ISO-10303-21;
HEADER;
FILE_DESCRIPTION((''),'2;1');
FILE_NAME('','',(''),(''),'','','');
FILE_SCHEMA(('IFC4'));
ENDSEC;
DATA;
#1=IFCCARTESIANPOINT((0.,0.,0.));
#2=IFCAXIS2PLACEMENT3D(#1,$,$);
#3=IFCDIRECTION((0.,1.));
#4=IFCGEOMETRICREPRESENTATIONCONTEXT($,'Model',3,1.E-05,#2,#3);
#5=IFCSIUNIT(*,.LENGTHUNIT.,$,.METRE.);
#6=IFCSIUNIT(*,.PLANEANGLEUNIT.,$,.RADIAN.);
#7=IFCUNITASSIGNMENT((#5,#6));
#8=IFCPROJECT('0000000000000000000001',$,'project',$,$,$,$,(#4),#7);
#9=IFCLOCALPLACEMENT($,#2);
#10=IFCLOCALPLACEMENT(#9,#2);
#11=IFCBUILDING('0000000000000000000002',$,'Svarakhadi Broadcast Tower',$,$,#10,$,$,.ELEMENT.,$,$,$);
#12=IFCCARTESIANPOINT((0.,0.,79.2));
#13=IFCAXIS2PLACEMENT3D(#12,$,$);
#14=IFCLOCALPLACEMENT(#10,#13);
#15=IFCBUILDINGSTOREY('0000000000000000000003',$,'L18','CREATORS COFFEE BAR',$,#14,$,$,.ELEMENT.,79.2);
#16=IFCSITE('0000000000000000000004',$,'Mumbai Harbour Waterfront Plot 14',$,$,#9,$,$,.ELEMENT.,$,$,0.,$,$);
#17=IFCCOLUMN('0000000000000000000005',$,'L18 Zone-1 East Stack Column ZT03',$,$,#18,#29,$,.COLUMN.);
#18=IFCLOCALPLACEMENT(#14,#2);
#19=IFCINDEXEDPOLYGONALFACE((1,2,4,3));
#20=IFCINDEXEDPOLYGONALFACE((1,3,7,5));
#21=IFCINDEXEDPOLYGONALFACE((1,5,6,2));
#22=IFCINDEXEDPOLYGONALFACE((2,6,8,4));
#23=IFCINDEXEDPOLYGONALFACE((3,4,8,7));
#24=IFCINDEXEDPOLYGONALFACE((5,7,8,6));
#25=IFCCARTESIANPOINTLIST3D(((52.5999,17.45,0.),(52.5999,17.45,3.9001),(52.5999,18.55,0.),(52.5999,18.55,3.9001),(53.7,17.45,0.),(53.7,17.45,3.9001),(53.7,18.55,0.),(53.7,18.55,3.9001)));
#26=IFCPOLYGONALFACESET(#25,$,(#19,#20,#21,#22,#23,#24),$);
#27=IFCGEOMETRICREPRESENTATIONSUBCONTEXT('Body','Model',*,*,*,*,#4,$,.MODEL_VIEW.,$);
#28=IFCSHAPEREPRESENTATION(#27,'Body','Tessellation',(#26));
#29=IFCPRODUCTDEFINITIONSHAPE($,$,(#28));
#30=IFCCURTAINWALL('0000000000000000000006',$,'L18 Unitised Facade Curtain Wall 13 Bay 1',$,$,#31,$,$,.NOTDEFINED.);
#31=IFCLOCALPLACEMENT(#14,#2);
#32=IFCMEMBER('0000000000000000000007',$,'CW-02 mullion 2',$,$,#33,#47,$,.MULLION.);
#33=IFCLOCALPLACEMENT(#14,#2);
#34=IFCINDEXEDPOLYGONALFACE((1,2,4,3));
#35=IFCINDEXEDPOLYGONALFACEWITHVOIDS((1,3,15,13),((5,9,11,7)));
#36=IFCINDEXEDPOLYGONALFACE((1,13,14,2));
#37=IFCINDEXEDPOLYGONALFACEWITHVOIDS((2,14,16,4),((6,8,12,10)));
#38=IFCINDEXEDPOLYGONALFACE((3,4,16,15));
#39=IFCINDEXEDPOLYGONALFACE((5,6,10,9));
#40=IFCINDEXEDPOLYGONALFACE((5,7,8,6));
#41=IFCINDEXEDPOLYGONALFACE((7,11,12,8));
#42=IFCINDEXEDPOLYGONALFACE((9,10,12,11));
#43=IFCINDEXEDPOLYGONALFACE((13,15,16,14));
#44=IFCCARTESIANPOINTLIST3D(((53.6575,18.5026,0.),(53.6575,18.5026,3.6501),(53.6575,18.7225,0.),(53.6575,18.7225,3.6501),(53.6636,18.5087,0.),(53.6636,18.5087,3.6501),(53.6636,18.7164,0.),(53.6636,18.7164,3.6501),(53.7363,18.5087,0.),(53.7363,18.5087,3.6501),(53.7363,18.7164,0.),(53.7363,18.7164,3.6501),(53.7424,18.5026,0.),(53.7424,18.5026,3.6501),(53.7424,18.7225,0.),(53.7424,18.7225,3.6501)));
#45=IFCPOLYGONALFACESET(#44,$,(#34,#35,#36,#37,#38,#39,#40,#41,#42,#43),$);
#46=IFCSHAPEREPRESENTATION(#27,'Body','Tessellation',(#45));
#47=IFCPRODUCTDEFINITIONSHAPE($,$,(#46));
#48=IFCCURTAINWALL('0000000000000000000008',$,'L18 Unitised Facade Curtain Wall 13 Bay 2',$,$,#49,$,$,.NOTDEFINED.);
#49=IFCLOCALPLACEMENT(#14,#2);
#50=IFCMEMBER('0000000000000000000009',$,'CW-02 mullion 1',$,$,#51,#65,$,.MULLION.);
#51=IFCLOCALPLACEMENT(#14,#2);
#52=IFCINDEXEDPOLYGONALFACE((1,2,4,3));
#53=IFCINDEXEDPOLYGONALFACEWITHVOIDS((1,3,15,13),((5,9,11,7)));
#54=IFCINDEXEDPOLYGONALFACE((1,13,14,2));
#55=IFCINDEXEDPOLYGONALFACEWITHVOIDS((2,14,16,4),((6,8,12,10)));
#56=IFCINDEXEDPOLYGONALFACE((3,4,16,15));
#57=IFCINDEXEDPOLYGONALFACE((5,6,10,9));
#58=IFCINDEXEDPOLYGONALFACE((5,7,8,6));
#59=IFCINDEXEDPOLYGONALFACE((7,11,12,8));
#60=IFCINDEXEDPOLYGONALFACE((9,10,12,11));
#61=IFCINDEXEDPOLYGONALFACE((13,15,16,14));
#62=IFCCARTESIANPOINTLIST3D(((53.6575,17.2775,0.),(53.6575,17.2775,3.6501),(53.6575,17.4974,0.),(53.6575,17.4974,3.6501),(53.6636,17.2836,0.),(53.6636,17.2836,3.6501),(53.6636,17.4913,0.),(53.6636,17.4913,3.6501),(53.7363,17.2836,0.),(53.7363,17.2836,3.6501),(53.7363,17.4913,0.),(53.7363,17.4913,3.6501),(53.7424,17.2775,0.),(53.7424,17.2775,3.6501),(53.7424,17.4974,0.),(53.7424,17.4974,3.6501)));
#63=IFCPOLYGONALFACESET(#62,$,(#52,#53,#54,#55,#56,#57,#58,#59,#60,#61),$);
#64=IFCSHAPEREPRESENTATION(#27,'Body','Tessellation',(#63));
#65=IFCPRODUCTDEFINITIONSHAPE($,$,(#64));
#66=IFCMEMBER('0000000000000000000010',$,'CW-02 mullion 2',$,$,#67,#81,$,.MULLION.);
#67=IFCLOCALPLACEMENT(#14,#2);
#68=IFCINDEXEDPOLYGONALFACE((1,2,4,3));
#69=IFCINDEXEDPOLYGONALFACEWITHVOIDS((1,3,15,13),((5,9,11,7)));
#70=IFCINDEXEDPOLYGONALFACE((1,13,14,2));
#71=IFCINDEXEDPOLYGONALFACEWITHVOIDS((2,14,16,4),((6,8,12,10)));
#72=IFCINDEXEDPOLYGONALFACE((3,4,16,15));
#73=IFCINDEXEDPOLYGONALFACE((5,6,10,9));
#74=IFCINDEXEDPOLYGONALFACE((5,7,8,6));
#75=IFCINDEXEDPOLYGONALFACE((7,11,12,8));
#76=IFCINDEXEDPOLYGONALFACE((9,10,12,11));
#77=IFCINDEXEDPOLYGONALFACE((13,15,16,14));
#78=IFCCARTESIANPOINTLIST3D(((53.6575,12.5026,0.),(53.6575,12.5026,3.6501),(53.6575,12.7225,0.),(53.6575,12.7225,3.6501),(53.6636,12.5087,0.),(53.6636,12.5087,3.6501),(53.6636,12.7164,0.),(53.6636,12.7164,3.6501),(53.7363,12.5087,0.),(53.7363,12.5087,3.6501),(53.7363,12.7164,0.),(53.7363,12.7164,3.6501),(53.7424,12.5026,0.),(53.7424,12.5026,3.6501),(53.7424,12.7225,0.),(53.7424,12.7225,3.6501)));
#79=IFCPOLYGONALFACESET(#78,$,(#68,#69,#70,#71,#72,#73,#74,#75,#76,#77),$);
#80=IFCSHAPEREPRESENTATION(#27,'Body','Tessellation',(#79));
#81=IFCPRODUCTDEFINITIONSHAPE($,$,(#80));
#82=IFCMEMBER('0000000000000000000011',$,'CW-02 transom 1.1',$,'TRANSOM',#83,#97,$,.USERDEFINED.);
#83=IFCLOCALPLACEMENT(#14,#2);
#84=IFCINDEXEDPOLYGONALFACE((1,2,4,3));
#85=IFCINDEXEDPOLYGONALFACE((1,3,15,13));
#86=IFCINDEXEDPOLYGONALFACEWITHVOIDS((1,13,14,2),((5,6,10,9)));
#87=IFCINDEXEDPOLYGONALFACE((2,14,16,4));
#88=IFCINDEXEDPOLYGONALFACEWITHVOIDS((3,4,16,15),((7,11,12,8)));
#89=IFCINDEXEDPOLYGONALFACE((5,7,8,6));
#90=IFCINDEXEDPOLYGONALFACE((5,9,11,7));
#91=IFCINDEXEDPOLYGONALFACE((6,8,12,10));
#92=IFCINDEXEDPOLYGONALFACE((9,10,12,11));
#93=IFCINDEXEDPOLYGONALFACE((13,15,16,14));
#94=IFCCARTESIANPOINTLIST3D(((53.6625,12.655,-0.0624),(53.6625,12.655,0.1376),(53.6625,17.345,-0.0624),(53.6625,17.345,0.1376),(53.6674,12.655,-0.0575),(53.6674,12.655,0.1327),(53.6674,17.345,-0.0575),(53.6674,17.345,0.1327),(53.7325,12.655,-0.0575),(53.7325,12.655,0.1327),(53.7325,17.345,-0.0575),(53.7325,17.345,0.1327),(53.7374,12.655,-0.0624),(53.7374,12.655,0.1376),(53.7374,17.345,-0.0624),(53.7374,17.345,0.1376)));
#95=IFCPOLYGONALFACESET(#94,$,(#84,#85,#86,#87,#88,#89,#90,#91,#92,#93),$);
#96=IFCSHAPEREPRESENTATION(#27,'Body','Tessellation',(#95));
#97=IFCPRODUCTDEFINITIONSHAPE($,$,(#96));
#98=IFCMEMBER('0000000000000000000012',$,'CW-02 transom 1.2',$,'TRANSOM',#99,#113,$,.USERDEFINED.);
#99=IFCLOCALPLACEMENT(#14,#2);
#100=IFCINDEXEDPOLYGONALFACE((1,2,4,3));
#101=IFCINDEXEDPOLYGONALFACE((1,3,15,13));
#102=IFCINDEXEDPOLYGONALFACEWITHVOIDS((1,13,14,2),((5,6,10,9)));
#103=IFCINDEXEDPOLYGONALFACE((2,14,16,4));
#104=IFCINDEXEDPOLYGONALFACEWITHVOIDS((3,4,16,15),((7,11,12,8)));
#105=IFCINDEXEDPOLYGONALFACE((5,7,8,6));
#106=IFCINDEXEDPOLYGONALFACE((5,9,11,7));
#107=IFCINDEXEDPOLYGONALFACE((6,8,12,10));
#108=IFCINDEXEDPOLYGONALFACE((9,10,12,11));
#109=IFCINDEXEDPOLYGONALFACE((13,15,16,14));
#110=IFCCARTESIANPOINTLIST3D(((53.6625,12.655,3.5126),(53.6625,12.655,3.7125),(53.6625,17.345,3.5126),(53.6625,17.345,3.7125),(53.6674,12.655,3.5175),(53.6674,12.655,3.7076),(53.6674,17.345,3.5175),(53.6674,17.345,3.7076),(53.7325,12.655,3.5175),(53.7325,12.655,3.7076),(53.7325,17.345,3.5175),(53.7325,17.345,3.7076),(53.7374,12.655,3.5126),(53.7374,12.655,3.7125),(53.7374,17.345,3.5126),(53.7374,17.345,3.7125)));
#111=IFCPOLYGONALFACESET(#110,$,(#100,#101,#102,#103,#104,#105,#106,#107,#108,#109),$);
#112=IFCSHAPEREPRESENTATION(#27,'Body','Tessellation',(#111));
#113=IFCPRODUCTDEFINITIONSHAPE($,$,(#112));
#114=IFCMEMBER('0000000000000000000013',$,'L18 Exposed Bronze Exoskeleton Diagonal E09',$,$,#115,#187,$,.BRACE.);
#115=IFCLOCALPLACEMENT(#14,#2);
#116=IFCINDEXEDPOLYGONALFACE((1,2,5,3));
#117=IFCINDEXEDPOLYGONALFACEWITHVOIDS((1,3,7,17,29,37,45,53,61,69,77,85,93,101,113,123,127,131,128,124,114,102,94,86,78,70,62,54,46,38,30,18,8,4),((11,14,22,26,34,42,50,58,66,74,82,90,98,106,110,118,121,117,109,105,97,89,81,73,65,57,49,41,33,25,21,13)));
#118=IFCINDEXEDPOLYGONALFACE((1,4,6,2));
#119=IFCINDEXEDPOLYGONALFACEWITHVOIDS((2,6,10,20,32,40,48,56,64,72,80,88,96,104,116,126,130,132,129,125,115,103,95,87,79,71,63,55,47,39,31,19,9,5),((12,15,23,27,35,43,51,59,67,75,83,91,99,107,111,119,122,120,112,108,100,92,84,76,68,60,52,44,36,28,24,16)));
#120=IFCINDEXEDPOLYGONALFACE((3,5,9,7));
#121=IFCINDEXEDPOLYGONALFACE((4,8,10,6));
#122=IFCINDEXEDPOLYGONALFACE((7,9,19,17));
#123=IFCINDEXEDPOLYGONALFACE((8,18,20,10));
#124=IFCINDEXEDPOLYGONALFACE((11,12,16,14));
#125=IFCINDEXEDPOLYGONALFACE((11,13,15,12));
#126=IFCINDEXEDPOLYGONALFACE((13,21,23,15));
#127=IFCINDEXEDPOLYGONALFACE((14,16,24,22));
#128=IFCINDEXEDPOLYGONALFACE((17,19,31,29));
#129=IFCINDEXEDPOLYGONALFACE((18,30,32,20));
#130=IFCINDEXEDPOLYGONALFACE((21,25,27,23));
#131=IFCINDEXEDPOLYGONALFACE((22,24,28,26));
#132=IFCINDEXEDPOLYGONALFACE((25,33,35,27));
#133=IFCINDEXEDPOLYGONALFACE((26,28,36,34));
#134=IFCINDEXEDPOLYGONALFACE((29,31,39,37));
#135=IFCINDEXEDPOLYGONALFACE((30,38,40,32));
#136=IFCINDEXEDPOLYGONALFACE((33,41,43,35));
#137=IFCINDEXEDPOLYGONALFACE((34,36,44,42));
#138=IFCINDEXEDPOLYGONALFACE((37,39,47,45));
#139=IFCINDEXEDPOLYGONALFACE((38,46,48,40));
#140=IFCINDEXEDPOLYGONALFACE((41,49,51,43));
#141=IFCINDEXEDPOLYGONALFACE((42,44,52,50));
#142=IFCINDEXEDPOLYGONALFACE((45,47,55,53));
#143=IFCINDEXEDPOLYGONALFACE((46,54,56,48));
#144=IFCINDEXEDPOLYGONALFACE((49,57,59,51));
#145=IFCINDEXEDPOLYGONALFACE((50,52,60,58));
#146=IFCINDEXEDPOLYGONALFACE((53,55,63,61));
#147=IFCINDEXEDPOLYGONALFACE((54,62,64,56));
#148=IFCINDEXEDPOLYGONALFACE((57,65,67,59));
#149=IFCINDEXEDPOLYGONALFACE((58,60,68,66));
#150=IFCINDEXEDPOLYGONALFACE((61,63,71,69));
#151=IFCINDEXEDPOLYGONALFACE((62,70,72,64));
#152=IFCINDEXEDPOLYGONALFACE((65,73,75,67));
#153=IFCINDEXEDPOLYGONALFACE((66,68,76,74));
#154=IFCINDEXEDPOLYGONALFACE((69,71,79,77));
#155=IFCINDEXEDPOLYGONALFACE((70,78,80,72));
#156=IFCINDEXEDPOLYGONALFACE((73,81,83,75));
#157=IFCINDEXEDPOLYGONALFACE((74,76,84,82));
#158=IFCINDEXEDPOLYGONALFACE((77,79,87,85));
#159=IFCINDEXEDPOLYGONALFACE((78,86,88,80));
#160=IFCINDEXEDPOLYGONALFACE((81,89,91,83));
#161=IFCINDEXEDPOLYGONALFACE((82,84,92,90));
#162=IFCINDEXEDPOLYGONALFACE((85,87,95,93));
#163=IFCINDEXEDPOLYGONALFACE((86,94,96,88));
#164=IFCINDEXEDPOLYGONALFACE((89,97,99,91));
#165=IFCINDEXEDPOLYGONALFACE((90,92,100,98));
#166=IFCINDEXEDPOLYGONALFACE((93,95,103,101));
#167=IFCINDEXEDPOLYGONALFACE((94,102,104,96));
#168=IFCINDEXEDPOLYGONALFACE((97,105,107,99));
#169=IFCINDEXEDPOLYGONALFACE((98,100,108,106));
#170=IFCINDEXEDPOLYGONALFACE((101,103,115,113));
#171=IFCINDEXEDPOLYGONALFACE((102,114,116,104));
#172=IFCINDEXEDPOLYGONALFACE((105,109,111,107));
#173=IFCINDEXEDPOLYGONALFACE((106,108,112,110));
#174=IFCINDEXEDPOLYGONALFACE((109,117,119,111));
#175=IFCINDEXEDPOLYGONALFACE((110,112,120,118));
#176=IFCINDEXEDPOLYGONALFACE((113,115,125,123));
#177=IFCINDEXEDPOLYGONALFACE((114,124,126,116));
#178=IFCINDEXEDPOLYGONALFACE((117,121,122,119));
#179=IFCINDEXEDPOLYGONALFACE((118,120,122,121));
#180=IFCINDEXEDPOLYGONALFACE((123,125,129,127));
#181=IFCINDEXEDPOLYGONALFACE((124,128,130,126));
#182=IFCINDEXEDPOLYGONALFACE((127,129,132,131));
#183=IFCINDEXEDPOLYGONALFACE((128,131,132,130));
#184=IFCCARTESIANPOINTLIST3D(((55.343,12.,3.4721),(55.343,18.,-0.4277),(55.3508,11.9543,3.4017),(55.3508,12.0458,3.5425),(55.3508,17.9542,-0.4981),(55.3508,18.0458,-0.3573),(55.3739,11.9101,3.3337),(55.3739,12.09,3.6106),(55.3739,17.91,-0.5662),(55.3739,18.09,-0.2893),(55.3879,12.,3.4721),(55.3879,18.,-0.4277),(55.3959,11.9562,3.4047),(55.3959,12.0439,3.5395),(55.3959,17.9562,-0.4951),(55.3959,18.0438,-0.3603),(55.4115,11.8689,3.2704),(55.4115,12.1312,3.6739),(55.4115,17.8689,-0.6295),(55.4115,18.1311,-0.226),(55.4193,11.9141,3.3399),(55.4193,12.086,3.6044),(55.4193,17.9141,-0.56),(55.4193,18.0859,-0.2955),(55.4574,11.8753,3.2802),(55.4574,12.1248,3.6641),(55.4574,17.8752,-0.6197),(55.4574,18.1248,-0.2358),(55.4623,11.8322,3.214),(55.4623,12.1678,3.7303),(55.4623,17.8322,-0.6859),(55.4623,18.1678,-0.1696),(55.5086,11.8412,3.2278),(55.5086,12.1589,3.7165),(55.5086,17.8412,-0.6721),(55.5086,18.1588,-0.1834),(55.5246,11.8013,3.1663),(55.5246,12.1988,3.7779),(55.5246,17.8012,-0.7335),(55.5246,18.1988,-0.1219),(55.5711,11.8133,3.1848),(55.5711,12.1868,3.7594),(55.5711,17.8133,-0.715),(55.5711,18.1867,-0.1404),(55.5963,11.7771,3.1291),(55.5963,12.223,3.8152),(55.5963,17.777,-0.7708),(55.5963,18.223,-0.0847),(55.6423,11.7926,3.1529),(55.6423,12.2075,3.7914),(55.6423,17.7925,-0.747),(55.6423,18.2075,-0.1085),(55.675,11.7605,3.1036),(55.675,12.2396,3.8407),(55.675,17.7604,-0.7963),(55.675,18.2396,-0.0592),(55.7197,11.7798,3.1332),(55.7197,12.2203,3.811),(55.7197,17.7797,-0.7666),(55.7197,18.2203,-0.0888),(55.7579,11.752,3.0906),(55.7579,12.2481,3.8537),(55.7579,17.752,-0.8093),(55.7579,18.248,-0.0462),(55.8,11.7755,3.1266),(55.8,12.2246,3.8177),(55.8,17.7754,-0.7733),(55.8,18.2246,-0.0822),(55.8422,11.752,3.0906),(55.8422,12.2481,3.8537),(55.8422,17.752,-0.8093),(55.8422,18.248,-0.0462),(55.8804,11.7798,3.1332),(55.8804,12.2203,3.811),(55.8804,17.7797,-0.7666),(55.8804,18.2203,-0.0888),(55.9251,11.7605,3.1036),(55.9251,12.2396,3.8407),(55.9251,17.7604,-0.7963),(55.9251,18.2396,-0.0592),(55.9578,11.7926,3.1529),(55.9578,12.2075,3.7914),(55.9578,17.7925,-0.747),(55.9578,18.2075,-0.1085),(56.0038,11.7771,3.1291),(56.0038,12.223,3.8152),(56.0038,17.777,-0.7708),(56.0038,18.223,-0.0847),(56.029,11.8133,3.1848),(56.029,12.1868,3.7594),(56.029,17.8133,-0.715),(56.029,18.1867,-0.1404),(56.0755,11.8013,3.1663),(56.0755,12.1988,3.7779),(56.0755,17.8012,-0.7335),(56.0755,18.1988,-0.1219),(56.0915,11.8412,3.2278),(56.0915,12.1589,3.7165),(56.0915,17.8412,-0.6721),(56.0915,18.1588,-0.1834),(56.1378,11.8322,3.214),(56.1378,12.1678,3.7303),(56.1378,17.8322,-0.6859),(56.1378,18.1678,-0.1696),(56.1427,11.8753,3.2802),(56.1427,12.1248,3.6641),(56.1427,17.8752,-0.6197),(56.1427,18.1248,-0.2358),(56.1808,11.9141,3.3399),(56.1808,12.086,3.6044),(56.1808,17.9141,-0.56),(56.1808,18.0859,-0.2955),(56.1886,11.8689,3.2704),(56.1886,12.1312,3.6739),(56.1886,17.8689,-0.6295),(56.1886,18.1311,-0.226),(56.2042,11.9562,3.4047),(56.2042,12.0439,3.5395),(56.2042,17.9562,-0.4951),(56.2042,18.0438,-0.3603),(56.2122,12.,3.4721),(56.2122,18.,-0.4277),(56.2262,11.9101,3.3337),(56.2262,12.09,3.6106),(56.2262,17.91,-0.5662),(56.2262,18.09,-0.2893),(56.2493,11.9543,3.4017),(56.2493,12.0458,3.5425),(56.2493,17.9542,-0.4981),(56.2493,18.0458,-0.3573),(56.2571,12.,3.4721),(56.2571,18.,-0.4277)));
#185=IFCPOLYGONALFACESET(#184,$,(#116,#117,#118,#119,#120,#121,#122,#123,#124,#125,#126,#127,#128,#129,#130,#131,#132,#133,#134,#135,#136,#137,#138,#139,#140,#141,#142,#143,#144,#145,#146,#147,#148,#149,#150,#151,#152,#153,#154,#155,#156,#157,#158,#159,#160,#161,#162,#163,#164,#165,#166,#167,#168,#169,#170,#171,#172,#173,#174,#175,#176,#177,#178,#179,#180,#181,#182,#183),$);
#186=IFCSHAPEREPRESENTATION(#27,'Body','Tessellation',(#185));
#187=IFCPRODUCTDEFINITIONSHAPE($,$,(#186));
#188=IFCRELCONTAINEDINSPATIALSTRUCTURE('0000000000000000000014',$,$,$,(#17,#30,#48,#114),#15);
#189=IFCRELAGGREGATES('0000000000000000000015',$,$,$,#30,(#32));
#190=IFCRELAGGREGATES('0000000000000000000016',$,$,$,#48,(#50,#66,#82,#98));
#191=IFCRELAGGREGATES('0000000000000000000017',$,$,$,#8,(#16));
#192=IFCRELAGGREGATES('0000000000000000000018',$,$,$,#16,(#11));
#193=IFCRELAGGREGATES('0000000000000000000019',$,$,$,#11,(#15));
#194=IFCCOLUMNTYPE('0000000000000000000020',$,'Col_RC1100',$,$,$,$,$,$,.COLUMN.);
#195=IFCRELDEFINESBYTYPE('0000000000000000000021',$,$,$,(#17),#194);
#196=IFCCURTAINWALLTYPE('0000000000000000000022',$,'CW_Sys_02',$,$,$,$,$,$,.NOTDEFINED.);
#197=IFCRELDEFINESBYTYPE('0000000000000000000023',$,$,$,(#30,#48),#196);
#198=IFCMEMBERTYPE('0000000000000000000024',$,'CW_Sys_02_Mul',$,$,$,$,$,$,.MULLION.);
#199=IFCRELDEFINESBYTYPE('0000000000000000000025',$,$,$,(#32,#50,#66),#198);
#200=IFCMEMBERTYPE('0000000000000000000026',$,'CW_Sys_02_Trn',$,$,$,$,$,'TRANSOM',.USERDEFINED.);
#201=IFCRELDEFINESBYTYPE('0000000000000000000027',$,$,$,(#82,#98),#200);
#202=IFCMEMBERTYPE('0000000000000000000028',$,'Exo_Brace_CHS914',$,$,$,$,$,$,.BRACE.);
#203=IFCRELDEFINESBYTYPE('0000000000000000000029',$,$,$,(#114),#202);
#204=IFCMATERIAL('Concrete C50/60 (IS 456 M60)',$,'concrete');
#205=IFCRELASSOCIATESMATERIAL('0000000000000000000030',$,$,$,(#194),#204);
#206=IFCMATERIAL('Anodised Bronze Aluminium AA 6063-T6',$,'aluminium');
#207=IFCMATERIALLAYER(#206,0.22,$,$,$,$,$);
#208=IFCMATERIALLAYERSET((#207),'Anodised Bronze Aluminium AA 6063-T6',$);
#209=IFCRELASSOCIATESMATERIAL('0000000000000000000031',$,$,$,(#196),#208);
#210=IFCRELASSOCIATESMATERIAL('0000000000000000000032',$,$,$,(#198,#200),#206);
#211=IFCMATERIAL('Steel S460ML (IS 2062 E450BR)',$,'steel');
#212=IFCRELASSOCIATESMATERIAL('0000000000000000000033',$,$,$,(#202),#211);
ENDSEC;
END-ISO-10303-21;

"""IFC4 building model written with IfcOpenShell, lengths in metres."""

from ifc_helpers import new_model, si_unit, direction, frame, origin, origin_2d, place, context, subcontext, project, spatial, rectangle, hollow_rectangle, hollow_circle, extrude, material, layer, layer_set, material_profile, profile_set, type_object, element, aggregate, save


model = new_model("IFC4")

# Units and contexts
model_context = context("Model", 3, precision=1e-05, world=origin(), true_north=direction((0.0, 1.0)))
body_context = subcontext(model_context, "Body", "Model", "MODEL_VIEW")
ifc_project = project(units=[si_unit("LENGTHUNIT", "METRE"), si_unit("PLANEANGLEUNIT", "RADIAN")], contexts=[model_context])

# Site, building, storey
site_placement = place(None, origin())
site = spatial("IfcSite", under=ifc_project, at=site_placement, Name="Mumbai Harbour Waterfront Plot 14", CompositionType="ELEMENT", RefElevation=0.0)
building_placement = place(site_placement, origin())
building = spatial("IfcBuilding", under=site, at=building_placement, Name="Svarakhadi Broadcast Tower", CompositionType="ELEMENT")
storey_placement = place(building_placement, frame((0.0, 0.0, 79.2)))
storey = spatial("IfcBuildingStorey", under=building, at=storey_placement, Name="L18", Description="CREATORS COFFEE BAR", CompositionType="ELEMENT", Elevation=79.2)

# Column
ifc_material_1 = material(Name="Concrete C50/60 (IS 456 M60)", Category="concrete")
ifc_material_profile_1 = material_profile(ifc_material_1, rectangle(XDim=1.1001, YDim=1.1001, at=origin_2d()), Name="RC 1100x1100")
ifc_profile_set_1 = profile_set([ifc_material_profile_1], Name="Concrete C50/60 (IS 456 M60)")
column_type = type_object("IfcColumnType", Name="Col_RC1100", PredefinedType="COLUMN", material=ifc_profile_set_1)
column_placement = place(storey_placement, frame((53.1499, 18.0, 0.0), z_axis=(0.0, 0.0, 1.0), x_axis=(1.0, 0.0, 0.0)))
element("IfcColumn", 1, at=column_placement, inside=storey, type_object=column_type, Name="L18 Zone-1 East Stack Column ZT03", PredefinedType="COLUMN", context=body_context, shape_type="SweptSolid", body=[
    extrude(rectangle(XDim=1.1001, YDim=1.1001, at=origin_2d()), origin(), (0.0, 0.0, 1.0), 3.9001),
])

# Curtain wall, member
ifc_material_2 = material(Name="Anodised Bronze Aluminium AA 6063-T6", Category="aluminium")
ifc_layer_1 = layer(ifc_material_2, 0.22)
ifc_layer_set_1 = layer_set([ifc_layer_1], Name="Anodised Bronze Aluminium AA 6063-T6")
curtain_wall_type = type_object("IfcCurtainWallType", Name="CW_Sys_02", PredefinedType="NOTDEFINED", material=ifc_layer_set_1)
curtain_wall_1_placement = place(storey_placement, origin())
curtain_wall_1 = element("IfcCurtainWall", 2, at=curtain_wall_1_placement, inside=storey, type_object=curtain_wall_type, Name="L18 Unitised Facade Curtain Wall 13 Bay 1", PredefinedType="NOTDEFINED")
ifc_material_profile_2 = material_profile(ifc_material_2, hollow_rectangle(XDim=0.085, YDim=0.22, WallThickness=0.0061, at=origin_2d()), Name="ALU MULLION 220x85x6")
ifc_profile_set_2 = profile_set([ifc_material_profile_2], Name="Anodised Bronze Aluminium AA 6063-T6")
member_type_1 = type_object("IfcMemberType", Name="CW_Sys_02_Mul", PredefinedType="MULLION", material=ifc_profile_set_2)
member_1_placement = place(storey_placement, frame((53.7, 18.6125, 0.0), z_axis=(0.0, 0.0, 1.0), x_axis=(1.0, 0.0, 0.0)))
member_1 = element("IfcMember", 3, at=member_1_placement, type_object=member_type_1, Name="CW-02 mullion 2", PredefinedType="MULLION", context=body_context, shape_type="SweptSolid", body=[
    extrude(hollow_rectangle(XDim=0.085, YDim=0.22, WallThickness=0.0061, at=origin_2d()), origin(), (0.0, 0.0, 1.0), 3.6501),
])

# Curtain wall, members
curtain_wall_2_placement = place(storey_placement, origin())
curtain_wall_2 = element("IfcCurtainWall", 4, at=curtain_wall_2_placement, inside=storey, type_object=curtain_wall_type, Name="L18 Unitised Facade Curtain Wall 13 Bay 2", PredefinedType="NOTDEFINED")
member_2_placement = place(storey_placement, frame((53.7, 17.3875, 0.0), z_axis=(0.0, 0.0, 1.0), x_axis=(1.0, 0.0, 0.0)))
member_2 = element("IfcMember", 5, at=member_2_placement, type_object=member_type_1, Name="CW-02 mullion 1", PredefinedType="MULLION", context=body_context, shape_type="SweptSolid", body=[
    extrude(hollow_rectangle(XDim=0.085, YDim=0.22, WallThickness=0.0061, at=origin_2d()), origin(), (0.0, 0.0, 1.0), 3.6501),
])
member_3_placement = place(storey_placement, frame((53.7, 12.6125, 0.0), z_axis=(0.0, 0.0, 1.0), x_axis=(1.0, 0.0, 0.0)))
member_3 = element("IfcMember", 6, at=member_3_placement, type_object=member_type_1, Name="CW-02 mullion 2", PredefinedType="MULLION", context=body_context, shape_type="SweptSolid", body=[
    extrude(hollow_rectangle(XDim=0.085, YDim=0.22, WallThickness=0.0061, at=origin_2d()), origin(), (0.0, 0.0, 1.0), 3.6501),
])
ifc_material_profile_3 = material_profile(ifc_material_2, hollow_rectangle(XDim=0.075, YDim=0.2, WallThickness=0.0049, at=origin_2d()), Name="ALU TRANSOM 200x75x5")
ifc_profile_set_3 = profile_set([ifc_material_profile_3], Name="Anodised Bronze Aluminium AA 6063-T6")
member_type_2 = type_object("IfcMemberType", Name="CW_Sys_02_Trn", ElementType="TRANSOM", PredefinedType="USERDEFINED", material=ifc_profile_set_3)
member_4_placement = place(storey_placement, frame((53.7, 17.345, 0.0376), z_axis=(0.0, -1.0, 0.0), x_axis=(1.0, 0.0, 0.0)))
member_4 = element("IfcMember", 7, at=member_4_placement, type_object=member_type_2, Name="CW-02 transom 1.1", ObjectType="TRANSOM", PredefinedType="USERDEFINED", context=body_context, shape_type="SweptSolid", body=[
    extrude(hollow_rectangle(XDim=0.075, YDim=0.2, WallThickness=0.0049, at=origin_2d()), origin(), (0.0, 0.0, 1.0), 4.6899),
])
member_5_placement = place(storey_placement, frame((53.7, 17.345, 3.6125), z_axis=(0.0, -1.0, 0.0), x_axis=(1.0, 0.0, 0.0)))
member_5 = element("IfcMember", 8, at=member_5_placement, type_object=member_type_2, Name="CW-02 transom 1.2", ObjectType="TRANSOM", PredefinedType="USERDEFINED", context=body_context, shape_type="SweptSolid", body=[
    extrude(hollow_rectangle(XDim=0.075, YDim=0.2, WallThickness=0.0049, at=origin_2d()), origin(), (0.0, 0.0, 1.0), 4.6899),
])

# Member
ifc_material_3 = material(Name="Steel S460ML (IS 2062 E450BR)", Category="steel")
ifc_material_profile_4 = material_profile(ifc_material_3, hollow_circle(Radius=0.457, WallThickness=0.0449, at=origin_2d()), Name="CHS 914x45")
ifc_profile_set_4 = profile_set([ifc_material_profile_4], Name="Steel S460ML (IS 2062 E450BR)")
member_type_3 = type_object("IfcMemberType", Name="Exo_Brace_CHS914", PredefinedType="BRACE", material=ifc_profile_set_4)
member_6_placement = place(storey_placement, frame((55.8, 18.0, -0.4277), z_axis=(0.0, -0.83845, 0.544979), x_axis=(1.0, 0.0, 0.0)))
element("IfcMember", 9, at=member_6_placement, inside=storey, type_object=member_type_3, Name="L18 Exposed Bronze Exoskeleton Diagonal E09", PredefinedType="BRACE", context=body_context, shape_type="SweptSolid", body=[
    extrude(hollow_circle(Radius=0.457, WallThickness=0.0449, at=origin_2d()), origin(), (0.0, 0.0, 1.0), 7.156),
])

aggregate(curtain_wall_1, [member_1])
aggregate(curtain_wall_2, [member_2, member_3, member_4, member_5])

save(model, "model.ifc")
